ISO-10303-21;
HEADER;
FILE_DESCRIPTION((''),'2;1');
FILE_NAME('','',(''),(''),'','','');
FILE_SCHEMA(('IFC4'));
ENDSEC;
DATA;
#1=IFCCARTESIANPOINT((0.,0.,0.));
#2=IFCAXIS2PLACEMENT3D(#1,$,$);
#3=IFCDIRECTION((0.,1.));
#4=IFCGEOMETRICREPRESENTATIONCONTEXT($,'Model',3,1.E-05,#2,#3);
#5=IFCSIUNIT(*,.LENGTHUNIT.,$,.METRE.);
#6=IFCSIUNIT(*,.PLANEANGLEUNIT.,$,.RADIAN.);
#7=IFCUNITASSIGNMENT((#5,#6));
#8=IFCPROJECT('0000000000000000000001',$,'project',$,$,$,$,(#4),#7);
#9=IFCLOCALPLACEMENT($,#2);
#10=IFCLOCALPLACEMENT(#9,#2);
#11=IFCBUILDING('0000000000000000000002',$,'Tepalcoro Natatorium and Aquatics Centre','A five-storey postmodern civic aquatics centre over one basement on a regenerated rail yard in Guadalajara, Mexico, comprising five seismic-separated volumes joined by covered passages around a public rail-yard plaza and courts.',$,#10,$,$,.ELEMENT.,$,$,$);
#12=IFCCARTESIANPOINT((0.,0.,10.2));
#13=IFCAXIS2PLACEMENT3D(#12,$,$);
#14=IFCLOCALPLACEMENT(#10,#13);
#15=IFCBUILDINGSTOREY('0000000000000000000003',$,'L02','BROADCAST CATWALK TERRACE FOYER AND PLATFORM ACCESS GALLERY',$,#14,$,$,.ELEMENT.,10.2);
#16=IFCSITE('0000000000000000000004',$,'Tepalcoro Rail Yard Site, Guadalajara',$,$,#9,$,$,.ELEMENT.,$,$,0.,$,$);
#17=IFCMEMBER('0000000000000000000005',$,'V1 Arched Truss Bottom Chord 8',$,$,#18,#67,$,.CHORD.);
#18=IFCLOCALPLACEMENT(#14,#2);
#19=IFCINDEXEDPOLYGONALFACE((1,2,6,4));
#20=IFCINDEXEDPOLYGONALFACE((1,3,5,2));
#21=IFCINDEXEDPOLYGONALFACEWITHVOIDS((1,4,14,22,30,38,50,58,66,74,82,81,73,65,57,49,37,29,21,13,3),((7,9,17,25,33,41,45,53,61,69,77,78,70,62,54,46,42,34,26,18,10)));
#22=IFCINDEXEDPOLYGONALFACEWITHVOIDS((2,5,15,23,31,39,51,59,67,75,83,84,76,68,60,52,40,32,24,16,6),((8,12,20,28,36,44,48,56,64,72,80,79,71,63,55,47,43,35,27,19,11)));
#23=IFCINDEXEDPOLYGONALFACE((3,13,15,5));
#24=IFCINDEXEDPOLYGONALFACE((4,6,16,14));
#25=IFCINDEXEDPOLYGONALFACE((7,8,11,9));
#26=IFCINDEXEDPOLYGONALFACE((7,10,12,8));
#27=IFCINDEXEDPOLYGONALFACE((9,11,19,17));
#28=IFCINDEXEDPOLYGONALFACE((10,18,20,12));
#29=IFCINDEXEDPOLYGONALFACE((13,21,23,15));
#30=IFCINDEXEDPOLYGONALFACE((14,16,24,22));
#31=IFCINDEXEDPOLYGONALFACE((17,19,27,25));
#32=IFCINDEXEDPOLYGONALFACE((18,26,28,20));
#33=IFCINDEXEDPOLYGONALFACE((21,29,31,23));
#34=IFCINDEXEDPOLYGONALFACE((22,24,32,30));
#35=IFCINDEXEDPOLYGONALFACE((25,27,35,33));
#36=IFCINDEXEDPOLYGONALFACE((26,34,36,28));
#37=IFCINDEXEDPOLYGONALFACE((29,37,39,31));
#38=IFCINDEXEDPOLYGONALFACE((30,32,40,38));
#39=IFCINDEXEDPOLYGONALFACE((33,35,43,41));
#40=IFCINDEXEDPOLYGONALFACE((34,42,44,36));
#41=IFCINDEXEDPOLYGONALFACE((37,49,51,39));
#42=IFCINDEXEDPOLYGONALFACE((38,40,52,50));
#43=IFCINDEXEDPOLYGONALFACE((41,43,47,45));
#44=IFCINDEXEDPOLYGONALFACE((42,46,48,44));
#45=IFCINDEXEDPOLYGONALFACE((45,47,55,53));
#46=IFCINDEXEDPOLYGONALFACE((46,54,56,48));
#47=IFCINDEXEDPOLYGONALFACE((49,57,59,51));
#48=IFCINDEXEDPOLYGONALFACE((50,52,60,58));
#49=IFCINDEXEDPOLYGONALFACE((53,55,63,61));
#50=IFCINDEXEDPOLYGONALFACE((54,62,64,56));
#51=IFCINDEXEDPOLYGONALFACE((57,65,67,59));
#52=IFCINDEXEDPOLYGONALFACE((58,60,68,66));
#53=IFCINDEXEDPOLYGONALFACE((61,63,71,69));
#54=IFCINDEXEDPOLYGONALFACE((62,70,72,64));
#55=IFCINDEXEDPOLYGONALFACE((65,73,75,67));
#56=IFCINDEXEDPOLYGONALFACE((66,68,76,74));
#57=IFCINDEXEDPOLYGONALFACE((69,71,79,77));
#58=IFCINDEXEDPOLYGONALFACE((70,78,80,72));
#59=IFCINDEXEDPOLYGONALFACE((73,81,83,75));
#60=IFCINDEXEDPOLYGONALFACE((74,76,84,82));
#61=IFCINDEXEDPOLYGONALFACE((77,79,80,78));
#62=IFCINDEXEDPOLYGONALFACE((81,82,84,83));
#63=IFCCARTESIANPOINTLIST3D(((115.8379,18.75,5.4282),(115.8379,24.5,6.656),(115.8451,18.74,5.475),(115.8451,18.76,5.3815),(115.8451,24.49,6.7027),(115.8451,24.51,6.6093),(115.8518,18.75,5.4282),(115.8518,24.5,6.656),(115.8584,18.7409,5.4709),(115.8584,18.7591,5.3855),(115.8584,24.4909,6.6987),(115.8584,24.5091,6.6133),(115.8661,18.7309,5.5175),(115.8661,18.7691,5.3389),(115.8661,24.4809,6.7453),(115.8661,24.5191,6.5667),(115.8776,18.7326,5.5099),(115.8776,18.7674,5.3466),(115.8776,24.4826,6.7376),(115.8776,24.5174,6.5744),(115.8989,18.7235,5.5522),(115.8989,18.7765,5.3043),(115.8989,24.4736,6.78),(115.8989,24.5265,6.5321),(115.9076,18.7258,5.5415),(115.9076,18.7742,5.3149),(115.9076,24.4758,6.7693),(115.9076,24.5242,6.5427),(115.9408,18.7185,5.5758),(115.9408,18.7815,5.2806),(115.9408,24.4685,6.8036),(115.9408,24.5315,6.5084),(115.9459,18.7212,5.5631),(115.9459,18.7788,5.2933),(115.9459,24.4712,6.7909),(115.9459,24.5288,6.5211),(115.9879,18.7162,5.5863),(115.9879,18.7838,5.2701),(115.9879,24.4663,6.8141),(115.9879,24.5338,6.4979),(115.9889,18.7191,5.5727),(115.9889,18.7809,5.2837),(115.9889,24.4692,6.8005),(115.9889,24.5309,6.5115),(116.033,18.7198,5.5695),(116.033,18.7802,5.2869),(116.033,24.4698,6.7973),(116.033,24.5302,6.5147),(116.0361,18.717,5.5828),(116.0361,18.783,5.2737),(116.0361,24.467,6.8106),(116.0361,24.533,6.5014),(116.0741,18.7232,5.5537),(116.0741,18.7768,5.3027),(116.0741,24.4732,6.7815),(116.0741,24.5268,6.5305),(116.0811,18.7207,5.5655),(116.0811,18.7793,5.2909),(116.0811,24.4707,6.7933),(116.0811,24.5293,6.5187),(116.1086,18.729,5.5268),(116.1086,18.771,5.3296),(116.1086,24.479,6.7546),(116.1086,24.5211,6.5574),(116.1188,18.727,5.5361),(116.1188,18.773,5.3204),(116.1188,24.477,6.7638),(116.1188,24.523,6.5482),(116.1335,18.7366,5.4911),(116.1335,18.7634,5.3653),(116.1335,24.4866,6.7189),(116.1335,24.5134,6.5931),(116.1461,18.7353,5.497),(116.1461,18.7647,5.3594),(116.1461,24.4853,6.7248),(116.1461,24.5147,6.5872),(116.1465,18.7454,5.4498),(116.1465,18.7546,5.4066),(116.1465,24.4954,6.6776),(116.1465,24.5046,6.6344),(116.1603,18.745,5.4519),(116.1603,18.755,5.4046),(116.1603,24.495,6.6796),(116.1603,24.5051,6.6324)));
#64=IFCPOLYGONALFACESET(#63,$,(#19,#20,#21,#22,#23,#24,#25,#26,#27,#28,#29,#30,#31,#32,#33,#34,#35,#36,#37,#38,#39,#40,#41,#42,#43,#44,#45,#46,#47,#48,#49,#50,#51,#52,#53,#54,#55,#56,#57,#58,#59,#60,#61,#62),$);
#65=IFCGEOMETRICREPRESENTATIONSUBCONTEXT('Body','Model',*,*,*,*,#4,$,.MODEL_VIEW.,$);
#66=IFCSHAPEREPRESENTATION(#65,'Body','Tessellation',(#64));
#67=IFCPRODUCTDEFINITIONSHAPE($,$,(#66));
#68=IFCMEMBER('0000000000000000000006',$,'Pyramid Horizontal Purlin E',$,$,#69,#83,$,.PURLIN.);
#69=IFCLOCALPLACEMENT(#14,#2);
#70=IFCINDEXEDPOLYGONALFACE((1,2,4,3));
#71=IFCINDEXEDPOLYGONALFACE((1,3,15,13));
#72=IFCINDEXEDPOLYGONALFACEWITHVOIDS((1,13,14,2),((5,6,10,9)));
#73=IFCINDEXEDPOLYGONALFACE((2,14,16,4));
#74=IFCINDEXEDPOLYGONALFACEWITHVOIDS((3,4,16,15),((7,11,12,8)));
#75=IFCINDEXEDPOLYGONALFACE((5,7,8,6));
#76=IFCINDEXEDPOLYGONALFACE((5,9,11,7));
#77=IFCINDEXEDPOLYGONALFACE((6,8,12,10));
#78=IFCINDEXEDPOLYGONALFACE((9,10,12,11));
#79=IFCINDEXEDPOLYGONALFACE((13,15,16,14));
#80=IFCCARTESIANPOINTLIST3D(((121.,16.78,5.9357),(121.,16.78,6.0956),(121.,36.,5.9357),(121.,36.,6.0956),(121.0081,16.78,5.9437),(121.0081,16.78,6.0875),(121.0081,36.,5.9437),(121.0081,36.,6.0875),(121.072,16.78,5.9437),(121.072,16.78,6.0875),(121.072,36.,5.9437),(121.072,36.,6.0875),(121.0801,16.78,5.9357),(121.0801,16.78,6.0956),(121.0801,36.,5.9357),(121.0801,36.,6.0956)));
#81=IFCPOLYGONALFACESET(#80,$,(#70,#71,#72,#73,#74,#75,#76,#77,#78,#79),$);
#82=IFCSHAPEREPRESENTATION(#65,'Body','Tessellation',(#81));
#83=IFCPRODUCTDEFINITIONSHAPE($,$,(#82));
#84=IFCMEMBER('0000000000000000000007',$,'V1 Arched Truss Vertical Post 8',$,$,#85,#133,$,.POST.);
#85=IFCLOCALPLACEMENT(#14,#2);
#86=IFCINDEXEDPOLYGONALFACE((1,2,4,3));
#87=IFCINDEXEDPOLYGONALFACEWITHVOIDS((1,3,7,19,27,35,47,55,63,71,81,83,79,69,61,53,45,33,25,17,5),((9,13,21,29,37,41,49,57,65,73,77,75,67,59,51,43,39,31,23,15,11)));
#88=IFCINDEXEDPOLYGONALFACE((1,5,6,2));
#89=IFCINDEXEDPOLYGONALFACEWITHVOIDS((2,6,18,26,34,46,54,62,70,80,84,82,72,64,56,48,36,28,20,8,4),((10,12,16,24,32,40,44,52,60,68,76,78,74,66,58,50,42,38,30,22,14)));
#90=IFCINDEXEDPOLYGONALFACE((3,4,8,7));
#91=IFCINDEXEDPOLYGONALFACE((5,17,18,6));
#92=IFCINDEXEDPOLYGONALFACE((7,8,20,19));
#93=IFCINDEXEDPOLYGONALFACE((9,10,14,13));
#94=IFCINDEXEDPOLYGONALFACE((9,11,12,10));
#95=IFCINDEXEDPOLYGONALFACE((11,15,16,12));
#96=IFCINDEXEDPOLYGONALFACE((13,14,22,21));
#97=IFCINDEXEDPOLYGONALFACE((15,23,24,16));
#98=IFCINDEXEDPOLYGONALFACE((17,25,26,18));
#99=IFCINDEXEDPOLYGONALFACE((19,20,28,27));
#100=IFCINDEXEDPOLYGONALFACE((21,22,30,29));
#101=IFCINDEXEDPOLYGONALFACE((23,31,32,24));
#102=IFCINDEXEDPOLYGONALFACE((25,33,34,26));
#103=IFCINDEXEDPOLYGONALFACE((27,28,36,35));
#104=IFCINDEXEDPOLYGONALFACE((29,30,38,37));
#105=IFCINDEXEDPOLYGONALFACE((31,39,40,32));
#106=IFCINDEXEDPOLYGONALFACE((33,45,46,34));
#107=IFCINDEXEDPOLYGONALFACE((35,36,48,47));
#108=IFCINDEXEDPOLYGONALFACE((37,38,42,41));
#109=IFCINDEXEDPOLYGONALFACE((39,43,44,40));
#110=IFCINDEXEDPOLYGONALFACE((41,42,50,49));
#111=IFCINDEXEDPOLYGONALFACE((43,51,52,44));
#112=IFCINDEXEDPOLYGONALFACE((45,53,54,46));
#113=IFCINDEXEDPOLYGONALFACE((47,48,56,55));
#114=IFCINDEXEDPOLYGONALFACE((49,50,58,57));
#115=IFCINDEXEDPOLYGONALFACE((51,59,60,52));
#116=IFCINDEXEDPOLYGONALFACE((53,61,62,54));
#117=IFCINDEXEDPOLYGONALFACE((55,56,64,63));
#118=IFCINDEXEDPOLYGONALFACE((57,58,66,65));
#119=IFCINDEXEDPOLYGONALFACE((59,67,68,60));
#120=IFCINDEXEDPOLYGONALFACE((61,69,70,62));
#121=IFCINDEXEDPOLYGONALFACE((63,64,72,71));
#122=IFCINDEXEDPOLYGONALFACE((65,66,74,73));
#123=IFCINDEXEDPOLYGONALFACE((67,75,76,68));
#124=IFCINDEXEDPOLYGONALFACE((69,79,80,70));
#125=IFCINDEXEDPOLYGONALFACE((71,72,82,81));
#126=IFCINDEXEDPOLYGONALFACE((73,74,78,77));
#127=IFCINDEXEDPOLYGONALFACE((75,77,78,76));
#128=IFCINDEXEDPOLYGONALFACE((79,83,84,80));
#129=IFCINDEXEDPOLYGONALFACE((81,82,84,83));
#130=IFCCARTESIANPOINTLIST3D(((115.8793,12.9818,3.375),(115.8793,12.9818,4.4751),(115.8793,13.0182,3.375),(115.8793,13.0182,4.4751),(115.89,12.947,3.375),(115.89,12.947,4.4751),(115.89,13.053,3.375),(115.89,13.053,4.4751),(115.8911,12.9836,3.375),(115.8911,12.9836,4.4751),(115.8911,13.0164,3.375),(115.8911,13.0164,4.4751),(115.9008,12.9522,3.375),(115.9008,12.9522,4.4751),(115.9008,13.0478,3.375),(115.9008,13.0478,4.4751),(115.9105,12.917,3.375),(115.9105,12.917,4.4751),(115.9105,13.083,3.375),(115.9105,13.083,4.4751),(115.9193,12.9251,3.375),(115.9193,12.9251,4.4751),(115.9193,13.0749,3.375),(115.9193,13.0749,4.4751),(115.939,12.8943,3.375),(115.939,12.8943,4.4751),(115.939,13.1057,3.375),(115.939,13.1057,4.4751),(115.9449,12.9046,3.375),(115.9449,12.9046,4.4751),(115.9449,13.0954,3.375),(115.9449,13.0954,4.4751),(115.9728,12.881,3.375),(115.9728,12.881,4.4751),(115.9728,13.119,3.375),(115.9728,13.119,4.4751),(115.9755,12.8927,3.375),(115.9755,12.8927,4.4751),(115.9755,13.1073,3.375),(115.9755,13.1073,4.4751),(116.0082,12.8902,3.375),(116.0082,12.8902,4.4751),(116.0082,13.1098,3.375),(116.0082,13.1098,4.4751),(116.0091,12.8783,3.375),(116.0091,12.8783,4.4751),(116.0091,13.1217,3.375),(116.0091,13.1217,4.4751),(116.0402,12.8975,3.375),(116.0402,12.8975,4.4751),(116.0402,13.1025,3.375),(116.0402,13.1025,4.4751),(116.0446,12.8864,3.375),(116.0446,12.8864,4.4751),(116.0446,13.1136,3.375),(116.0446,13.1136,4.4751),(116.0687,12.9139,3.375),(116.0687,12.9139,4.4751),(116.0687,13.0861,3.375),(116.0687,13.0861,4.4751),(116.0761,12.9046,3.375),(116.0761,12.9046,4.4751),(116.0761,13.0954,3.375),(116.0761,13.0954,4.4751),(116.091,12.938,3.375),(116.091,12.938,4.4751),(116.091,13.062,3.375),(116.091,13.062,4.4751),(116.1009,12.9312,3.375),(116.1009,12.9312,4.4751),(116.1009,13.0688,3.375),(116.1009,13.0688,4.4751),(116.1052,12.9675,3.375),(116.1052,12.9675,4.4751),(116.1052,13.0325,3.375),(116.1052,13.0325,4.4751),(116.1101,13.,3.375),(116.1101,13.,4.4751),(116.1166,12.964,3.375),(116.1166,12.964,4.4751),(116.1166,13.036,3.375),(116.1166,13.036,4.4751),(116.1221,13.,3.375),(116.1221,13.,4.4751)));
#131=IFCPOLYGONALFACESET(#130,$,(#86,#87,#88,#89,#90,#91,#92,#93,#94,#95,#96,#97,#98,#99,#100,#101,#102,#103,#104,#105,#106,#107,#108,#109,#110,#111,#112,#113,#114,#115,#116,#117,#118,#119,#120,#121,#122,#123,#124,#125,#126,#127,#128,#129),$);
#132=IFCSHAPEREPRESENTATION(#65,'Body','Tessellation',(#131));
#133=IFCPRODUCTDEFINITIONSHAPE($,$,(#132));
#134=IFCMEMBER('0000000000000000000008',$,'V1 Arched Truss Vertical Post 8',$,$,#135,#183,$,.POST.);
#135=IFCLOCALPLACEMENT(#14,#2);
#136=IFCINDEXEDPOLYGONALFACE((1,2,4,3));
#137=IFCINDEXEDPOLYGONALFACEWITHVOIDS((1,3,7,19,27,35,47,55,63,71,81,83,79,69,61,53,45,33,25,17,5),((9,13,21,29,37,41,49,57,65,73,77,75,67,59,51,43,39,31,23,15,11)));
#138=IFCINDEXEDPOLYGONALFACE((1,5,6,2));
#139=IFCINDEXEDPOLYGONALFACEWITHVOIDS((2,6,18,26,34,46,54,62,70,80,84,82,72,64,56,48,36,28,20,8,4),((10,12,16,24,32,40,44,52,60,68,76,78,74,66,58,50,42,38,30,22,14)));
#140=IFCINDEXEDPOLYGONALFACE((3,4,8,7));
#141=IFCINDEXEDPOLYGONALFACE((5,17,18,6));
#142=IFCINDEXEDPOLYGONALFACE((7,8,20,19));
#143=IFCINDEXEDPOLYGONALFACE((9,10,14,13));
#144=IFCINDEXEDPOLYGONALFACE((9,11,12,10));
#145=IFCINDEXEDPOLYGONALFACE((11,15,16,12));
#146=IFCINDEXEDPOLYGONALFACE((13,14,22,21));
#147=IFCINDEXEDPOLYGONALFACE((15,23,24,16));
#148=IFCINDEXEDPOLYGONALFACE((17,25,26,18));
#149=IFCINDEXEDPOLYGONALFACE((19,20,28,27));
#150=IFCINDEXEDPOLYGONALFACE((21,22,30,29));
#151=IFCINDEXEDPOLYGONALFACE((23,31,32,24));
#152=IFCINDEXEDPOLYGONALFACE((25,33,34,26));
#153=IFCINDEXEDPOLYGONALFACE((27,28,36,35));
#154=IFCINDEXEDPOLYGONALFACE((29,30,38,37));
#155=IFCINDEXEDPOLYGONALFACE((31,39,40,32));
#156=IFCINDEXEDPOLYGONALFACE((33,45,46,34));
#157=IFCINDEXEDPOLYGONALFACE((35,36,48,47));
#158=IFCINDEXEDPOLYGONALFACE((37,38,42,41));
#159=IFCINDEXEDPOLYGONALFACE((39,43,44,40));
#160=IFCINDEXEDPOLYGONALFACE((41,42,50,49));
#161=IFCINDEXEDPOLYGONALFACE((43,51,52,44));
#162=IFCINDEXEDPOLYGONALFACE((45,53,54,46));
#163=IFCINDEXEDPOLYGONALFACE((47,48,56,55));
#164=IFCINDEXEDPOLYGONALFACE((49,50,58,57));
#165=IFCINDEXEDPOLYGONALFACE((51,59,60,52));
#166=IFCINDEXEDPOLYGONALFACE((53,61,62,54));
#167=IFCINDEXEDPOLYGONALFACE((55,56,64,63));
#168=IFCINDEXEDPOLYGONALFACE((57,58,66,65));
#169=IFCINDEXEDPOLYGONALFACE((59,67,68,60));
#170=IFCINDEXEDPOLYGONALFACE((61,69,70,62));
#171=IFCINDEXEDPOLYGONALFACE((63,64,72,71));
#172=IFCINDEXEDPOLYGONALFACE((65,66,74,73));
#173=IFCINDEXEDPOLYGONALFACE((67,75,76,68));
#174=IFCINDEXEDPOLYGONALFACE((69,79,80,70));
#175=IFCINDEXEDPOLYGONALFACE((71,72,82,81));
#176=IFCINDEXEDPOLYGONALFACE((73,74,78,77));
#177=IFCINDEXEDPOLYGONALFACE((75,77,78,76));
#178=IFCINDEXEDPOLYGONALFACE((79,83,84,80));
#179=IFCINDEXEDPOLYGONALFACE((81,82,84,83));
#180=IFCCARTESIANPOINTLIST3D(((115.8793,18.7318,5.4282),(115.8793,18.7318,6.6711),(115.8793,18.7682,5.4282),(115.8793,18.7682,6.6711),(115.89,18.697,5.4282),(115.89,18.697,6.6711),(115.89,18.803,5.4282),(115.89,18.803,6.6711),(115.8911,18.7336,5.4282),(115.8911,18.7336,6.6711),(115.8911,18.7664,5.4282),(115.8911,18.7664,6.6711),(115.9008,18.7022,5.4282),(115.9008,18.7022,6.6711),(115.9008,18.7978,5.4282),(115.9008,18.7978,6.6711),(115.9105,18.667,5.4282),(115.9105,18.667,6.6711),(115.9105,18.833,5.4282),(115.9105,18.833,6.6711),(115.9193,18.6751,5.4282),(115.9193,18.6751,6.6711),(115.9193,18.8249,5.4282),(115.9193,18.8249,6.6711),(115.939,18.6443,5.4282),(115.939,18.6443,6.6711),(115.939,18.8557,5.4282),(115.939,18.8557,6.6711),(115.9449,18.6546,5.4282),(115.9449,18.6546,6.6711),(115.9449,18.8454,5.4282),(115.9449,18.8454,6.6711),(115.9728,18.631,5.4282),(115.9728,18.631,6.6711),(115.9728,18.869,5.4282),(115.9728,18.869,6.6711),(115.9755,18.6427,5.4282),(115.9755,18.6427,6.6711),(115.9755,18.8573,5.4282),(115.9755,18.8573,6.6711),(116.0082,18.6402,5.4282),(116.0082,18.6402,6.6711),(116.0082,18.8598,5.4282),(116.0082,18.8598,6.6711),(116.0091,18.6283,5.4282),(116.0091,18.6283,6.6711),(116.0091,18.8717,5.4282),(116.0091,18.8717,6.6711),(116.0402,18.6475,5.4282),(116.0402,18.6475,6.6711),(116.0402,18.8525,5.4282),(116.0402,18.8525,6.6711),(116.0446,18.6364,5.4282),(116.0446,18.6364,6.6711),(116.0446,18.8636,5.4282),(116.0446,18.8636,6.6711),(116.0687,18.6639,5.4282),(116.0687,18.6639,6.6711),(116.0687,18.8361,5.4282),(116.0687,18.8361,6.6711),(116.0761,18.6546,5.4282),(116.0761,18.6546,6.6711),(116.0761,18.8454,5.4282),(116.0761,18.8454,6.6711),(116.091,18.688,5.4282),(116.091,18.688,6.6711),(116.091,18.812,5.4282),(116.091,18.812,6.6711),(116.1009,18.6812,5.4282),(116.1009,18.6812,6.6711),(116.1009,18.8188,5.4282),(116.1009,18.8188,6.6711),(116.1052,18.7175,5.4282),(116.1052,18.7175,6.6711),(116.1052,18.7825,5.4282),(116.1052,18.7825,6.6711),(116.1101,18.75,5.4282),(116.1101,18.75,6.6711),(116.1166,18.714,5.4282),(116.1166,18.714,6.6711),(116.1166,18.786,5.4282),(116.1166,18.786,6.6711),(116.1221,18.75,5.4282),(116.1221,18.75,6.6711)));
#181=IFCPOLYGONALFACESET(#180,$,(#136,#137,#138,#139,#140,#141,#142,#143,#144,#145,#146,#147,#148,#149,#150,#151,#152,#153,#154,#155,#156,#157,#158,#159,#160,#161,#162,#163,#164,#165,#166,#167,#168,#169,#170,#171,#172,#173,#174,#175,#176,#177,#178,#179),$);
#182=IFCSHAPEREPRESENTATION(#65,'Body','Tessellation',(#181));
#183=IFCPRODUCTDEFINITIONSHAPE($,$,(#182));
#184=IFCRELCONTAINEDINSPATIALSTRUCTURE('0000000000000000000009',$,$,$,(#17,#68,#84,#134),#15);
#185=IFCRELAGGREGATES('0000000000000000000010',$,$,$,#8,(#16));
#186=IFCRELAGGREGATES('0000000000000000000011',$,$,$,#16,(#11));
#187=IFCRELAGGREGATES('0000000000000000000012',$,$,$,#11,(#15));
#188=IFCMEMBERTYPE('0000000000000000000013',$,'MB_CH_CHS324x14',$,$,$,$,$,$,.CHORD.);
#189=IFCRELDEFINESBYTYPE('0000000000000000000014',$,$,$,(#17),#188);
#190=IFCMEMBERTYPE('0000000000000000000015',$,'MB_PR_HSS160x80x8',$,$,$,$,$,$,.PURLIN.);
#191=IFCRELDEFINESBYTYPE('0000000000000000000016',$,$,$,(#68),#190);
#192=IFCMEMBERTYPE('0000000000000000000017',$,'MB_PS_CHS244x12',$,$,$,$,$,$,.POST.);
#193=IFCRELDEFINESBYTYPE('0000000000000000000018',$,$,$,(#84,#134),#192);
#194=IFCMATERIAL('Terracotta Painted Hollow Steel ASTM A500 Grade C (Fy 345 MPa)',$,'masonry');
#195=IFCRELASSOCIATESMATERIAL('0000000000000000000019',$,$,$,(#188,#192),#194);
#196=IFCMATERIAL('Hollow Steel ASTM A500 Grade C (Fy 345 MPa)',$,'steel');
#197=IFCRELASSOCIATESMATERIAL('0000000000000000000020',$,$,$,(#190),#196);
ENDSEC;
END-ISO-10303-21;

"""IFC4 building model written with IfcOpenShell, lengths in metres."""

from ifc_helpers import new_model, si_unit, direction, frame, origin, origin_2d, place, context, subcontext, project, spatial, hollow_rectangle, hollow_circle, extrude, material, material_profile, profile_set, type_object, element, save


model = new_model("IFC4")

# Units and contexts
model_context = context("Model", 3, precision=1e-05, world=origin(), true_north=direction((0.0, 1.0)))
body_context = subcontext(model_context, "Body", "Model", "MODEL_VIEW")
ifc_project = project(units=[si_unit("LENGTHUNIT", "METRE"), si_unit("PLANEANGLEUNIT", "RADIAN")], contexts=[model_context])

# Site, building, storey
site_placement = place(None, origin())
site = spatial("IfcSite", under=ifc_project, at=site_placement, Name="Tepalcoro Rail Yard Site, Guadalajara", CompositionType="ELEMENT", RefElevation=0.0)
building_placement = place(site_placement, origin())
building = spatial("IfcBuilding", under=site, at=building_placement, Name="Tepalcoro Natatorium and Aquatics Centre", Description="A five-storey postmodern civic aquatics centre over one basement on a regenerated rail yard in Guadalajara, Mexico, comprising five seismic-separated volumes joined by covered passages around a public rail-yard plaza and courts.", CompositionType="ELEMENT")
storey_placement = place(building_placement, frame((0.0, 0.0, 10.2)))
storey = spatial("IfcBuildingStorey", under=building, at=storey_placement, Name="L02", Description="BROADCAST CATWALK TERRACE FOYER AND PLATFORM ACCESS GALLERY", CompositionType="ELEMENT", Elevation=10.2)

# Shared definitions
ifc_material_1 = material(Name="Terracotta Painted Hollow Steel ASTM A500 Grade C (Fy 345 MPa)", Category="masonry")

# Members
ifc_material_profile_1 = material_profile(ifc_material_1, hollow_circle(Radius=0.1621, WallThickness=0.0139, at=origin_2d()), Name="CHS324X14")
ifc_profile_set_1 = profile_set([ifc_material_profile_1], Name="Terracotta Painted Hollow Steel ASTM A500 Grade C (Fy 345 MPa)")
member_type_1 = type_object("IfcMemberType", Name="MB_CH_CHS324x14", PredefinedType="CHORD", material=ifc_profile_set_1)
member_1_placement = place(storey_placement, frame((116.0, 18.75, 5.4282), z_axis=(0.0, 0.977954, 0.20882), x_axis=(-1.0, 0.0, 0.0)))
element("IfcMember", 1, at=member_1_placement, inside=storey, type_object=member_type_1, Name="V1 Arched Truss Bottom Chord 8", PredefinedType="CHORD", context=body_context, shape_type="SweptSolid", body=[
    extrude(hollow_circle(Radius=0.1621, WallThickness=0.0139, at=origin_2d()), origin(), (0.0, 0.0, 1.0), 5.8796),
])
ifc_material_2 = material(Name="Hollow Steel ASTM A500 Grade C (Fy 345 MPa)", Category="steel")
ifc_material_profile_2 = material_profile(ifc_material_2, hollow_rectangle(XDim=0.0801, YDim=0.1599, WallThickness=0.0081, at=origin_2d()), Name="HSS160X80X8")
ifc_profile_set_2 = profile_set([ifc_material_profile_2], Name="Hollow Steel ASTM A500 Grade C (Fy 345 MPa)")
member_type_2 = type_object("IfcMemberType", Name="MB_PR_HSS160x80x8", PredefinedType="PURLIN", material=ifc_profile_set_2)
member_2_placement = place(storey_placement, frame((121.04, 16.78, 6.0156), z_axis=(0.0, 1.0, 0.0), x_axis=(-1.0, 0.0, 0.0)))
element("IfcMember", 2, at=member_2_placement, inside=storey, type_object=member_type_2, Name="Pyramid Horizontal Purlin E", PredefinedType="PURLIN", context=body_context, shape_type="SweptSolid", body=[
    extrude(hollow_rectangle(XDim=0.0801, YDim=0.1599, WallThickness=0.0081, at=origin_2d()), origin(), (0.0, 0.0, 1.0), 19.22),
])
ifc_material_profile_3 = material_profile(ifc_material_1, hollow_circle(Radius=0.1221, WallThickness=0.012, at=origin_2d()), Name="CHS244X12")
ifc_profile_set_3 = profile_set([ifc_material_profile_3], Name="Terracotta Painted Hollow Steel ASTM A500 Grade C (Fy 345 MPa)")
member_type_3 = type_object("IfcMemberType", Name="MB_PS_CHS244x12", PredefinedType="POST", material=ifc_profile_set_3)
member_3_placement = place(storey_placement, frame((116.0, 13.0, 3.375), z_axis=(0.0, 0.0, 1.0), x_axis=(1.0, 0.0, 0.0)))
element("IfcMember", 3, at=member_3_placement, inside=storey, type_object=member_type_3, Name="V1 Arched Truss Vertical Post 8", PredefinedType="POST", context=body_context, shape_type="SweptSolid", body=[
    extrude(hollow_circle(Radius=0.1221, WallThickness=0.012, at=origin_2d()), origin(), (0.0, 0.0, 1.0), 1.1001),
])
member_4_placement = place(storey_placement, frame((116.0, 18.75, 5.4282), z_axis=(0.0, 0.0, 1.0), x_axis=(1.0, 0.0, 0.0)))
element("IfcMember", 4, at=member_4_placement, inside=storey, type_object=member_type_3, Name="V1 Arched Truss Vertical Post 8", PredefinedType="POST", context=body_context, shape_type="SweptSolid", body=[
    extrude(hollow_circle(Radius=0.1221, WallThickness=0.012, at=origin_2d()), origin(), (0.0, 0.0, 1.0), 1.2429),
])

save(model, "model.ifc")
